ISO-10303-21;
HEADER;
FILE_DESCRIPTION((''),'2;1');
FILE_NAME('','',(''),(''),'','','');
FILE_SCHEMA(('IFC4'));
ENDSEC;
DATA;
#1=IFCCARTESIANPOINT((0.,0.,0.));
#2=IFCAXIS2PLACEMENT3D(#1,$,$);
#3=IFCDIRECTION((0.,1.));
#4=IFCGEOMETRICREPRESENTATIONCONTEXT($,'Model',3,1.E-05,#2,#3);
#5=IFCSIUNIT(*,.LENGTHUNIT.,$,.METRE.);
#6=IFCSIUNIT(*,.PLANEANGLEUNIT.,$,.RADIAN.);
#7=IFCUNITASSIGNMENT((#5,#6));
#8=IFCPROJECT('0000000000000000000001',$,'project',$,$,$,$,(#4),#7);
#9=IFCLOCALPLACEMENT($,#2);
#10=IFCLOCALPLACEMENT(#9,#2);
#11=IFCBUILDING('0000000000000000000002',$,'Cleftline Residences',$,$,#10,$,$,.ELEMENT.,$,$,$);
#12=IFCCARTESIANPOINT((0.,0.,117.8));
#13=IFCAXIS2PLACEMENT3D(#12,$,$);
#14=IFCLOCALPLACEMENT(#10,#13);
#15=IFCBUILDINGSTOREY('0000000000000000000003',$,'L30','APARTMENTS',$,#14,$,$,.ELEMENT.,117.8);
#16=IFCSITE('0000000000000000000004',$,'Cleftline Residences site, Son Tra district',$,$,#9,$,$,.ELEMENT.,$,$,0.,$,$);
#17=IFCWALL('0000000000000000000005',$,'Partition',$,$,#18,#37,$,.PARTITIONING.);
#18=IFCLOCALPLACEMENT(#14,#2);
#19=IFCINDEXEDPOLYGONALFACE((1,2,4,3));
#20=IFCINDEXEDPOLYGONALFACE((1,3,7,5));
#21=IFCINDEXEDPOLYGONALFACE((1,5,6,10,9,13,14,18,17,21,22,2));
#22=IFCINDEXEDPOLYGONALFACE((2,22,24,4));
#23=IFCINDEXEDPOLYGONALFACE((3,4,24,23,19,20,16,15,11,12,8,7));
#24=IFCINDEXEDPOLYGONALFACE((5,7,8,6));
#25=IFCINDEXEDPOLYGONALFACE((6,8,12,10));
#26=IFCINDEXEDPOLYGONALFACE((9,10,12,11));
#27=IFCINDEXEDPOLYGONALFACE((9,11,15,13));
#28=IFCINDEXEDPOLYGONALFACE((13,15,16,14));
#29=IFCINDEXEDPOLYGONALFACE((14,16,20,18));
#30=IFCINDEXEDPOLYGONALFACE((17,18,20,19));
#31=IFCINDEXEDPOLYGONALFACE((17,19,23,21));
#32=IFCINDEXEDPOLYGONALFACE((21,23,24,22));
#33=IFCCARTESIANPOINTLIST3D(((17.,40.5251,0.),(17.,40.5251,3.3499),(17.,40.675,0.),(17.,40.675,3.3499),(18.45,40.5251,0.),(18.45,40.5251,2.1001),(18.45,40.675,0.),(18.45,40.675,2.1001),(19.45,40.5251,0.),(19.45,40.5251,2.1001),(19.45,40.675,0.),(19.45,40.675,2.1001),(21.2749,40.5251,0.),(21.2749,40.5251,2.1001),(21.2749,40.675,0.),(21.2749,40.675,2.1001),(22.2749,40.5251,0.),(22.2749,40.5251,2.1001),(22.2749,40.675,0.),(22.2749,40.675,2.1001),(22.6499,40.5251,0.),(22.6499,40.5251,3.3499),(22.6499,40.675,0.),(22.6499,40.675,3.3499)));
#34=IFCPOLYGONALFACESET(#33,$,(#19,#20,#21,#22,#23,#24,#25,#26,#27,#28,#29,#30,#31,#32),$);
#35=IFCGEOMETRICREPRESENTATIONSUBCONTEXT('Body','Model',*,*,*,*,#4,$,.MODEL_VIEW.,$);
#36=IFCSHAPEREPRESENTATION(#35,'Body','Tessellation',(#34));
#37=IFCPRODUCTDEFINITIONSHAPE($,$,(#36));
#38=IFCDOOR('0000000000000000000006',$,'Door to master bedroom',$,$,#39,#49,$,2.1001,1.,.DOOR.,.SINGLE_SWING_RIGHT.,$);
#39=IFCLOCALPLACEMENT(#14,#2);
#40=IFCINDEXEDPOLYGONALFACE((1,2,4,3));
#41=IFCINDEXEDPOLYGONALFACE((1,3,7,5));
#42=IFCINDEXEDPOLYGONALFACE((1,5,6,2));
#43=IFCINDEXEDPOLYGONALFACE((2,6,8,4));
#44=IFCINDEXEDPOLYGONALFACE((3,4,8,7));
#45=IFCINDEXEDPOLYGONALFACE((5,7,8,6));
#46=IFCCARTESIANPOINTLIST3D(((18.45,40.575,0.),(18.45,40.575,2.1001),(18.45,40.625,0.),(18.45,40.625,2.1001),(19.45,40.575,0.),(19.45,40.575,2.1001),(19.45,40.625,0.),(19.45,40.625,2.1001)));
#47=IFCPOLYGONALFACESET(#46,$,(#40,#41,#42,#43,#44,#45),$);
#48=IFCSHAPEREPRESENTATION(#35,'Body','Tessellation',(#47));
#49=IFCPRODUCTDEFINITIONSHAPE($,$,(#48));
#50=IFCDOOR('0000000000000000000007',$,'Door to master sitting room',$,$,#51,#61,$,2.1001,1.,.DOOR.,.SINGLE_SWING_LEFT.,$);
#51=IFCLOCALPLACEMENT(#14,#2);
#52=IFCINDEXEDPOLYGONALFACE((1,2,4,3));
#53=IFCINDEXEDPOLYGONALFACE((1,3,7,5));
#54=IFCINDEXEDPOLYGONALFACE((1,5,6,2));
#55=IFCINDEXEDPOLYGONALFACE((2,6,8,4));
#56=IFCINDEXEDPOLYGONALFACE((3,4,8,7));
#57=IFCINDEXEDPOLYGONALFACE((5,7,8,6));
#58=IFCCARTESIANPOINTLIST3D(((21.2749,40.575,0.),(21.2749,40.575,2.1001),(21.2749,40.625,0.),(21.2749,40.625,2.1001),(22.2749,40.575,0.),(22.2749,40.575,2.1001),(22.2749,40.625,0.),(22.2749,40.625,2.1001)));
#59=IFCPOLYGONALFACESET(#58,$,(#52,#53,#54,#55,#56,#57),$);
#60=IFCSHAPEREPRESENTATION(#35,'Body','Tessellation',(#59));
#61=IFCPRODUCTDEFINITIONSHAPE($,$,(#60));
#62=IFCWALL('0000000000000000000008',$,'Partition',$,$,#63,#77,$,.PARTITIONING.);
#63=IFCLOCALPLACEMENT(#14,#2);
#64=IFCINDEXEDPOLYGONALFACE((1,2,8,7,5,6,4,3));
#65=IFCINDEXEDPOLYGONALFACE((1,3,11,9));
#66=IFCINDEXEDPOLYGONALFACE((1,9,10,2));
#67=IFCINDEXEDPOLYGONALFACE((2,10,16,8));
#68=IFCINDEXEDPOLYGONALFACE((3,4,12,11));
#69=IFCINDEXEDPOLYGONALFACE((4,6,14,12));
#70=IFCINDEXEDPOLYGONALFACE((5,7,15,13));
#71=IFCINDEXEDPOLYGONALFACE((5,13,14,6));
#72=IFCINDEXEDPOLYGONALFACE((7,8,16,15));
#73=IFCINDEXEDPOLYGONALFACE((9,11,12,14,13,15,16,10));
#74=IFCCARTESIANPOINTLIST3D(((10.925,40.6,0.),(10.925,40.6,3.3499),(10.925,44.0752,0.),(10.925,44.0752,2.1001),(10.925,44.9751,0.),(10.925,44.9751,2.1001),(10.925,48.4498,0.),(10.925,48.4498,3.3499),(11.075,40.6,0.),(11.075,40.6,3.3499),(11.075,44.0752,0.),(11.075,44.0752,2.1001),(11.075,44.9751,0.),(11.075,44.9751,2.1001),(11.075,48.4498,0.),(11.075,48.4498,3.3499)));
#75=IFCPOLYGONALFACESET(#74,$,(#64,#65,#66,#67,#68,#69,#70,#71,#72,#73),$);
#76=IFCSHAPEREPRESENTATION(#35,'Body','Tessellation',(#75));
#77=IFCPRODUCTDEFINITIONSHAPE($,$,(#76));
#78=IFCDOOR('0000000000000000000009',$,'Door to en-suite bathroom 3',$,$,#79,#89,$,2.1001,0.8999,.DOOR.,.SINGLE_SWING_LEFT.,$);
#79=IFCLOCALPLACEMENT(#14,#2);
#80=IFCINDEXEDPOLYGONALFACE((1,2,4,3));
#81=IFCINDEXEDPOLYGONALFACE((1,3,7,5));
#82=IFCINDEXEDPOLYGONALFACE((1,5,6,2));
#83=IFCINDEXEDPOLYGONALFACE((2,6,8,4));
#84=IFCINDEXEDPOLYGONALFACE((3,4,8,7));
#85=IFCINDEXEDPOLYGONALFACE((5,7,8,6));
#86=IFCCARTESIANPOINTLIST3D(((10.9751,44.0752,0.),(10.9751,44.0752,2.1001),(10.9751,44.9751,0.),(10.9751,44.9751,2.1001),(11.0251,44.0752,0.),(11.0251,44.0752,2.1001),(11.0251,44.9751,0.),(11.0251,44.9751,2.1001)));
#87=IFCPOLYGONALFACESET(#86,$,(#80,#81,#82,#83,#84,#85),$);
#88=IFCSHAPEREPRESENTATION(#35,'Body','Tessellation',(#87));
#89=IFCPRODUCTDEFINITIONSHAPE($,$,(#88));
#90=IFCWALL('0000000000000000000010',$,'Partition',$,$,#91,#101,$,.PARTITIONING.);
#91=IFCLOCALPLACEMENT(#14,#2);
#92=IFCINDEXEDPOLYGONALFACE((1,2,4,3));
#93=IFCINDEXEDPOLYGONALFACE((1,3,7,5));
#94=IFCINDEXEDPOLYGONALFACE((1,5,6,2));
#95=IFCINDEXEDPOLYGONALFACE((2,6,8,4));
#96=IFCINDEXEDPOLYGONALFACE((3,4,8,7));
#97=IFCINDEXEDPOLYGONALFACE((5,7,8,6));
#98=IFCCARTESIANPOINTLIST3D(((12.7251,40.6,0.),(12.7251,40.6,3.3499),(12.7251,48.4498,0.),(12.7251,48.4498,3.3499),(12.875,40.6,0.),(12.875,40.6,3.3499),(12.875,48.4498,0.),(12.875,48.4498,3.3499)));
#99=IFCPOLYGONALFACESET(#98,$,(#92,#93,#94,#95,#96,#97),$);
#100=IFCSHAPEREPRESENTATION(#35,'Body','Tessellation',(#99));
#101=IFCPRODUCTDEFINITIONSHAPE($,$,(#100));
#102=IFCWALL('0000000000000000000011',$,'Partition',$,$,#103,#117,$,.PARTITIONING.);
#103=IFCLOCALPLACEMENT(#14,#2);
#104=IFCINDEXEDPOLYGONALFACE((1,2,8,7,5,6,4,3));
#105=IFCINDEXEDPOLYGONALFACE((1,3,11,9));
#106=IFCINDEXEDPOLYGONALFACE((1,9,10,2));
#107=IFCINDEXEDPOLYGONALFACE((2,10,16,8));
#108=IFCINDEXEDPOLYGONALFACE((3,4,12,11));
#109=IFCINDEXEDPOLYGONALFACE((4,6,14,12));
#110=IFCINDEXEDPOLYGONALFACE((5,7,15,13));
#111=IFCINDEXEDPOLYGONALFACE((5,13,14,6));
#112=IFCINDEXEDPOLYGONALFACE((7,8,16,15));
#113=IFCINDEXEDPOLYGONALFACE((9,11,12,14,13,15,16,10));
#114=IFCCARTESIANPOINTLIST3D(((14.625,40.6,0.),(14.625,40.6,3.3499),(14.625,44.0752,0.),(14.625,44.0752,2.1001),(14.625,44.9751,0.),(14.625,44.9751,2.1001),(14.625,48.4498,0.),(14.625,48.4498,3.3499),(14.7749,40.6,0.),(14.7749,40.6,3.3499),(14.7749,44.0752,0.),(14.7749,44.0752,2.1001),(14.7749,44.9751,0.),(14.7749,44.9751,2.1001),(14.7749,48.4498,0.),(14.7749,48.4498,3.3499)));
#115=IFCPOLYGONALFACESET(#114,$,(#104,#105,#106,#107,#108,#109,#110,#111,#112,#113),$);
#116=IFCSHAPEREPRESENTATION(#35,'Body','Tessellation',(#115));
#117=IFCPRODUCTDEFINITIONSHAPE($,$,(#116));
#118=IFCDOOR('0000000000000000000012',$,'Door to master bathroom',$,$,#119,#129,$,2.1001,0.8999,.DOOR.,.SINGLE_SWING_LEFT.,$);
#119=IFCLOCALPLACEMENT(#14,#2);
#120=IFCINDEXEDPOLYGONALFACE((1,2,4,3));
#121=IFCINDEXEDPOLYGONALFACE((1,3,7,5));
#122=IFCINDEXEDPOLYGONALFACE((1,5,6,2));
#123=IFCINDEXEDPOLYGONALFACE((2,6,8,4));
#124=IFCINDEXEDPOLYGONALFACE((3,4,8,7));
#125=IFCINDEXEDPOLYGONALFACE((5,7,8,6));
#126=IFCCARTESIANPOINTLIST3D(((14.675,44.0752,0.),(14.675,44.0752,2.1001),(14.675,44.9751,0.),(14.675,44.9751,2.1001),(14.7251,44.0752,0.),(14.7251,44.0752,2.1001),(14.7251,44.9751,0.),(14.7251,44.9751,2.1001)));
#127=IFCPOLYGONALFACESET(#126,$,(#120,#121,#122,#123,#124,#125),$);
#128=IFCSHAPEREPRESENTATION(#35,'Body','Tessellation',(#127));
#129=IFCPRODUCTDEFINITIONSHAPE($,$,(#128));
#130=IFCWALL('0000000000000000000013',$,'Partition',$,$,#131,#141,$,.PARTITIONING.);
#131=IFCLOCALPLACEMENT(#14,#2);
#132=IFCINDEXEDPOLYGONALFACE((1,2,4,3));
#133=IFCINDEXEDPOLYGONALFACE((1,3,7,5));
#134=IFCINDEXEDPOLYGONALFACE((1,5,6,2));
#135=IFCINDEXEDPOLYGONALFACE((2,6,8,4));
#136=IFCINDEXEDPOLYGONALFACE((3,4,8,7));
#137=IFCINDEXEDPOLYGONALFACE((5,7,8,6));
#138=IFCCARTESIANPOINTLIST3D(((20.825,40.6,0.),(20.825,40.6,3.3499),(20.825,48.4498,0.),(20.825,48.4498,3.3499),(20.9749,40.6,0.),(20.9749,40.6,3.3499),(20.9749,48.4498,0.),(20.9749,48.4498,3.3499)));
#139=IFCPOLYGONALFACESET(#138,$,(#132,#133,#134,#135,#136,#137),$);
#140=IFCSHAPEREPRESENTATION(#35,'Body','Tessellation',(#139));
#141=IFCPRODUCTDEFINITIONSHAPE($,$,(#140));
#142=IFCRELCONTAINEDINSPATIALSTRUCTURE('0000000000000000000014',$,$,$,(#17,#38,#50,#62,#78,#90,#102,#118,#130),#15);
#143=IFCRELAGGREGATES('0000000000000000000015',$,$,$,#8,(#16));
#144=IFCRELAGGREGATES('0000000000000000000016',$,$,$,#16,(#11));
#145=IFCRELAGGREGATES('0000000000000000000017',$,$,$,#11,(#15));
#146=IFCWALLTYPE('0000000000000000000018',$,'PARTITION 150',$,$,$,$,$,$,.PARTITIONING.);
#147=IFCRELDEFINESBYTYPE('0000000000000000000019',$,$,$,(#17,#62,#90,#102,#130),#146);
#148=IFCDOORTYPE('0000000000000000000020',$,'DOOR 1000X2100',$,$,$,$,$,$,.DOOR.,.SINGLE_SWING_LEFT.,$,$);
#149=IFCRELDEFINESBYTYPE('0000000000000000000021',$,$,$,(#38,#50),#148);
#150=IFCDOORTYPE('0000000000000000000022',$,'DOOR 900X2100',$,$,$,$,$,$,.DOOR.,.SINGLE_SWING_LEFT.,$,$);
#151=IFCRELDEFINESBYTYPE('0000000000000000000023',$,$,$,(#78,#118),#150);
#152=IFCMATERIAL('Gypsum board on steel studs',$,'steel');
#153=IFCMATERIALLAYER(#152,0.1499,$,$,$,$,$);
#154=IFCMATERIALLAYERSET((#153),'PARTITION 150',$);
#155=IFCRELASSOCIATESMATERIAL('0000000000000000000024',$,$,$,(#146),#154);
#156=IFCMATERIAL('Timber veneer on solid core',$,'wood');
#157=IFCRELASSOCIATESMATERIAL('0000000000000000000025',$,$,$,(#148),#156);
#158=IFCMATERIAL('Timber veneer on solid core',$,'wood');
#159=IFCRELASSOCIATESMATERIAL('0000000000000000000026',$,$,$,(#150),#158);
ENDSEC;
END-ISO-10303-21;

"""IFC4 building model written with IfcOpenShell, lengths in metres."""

from ifc_helpers import new_model, si_unit, direction, frame, frame_2d, origin, place, context, subcontext, project, spatial, rectangle, extrude, material, layer, layer_set, type_object, element, fill, save


model = new_model("IFC4")

# Units and contexts
model_context = context("Model", 3, precision=1e-05, world=origin(), true_north=direction((0.0, 1.0)))
body_context = subcontext(model_context, "Body", "Model", "MODEL_VIEW")
ifc_project = project(units=[si_unit("LENGTHUNIT", "METRE"), si_unit("PLANEANGLEUNIT", "RADIAN")], contexts=[model_context])

# Site, building, storey
site_placement = place(None, origin())
site = spatial("IfcSite", under=ifc_project, at=site_placement, Name="Cleftline Residences site, Son Tra district", CompositionType="ELEMENT", RefElevation=0.0)
building_placement = place(site_placement, origin())
building = spatial("IfcBuilding", under=site, at=building_placement, Name="Cleftline Residences", CompositionType="ELEMENT")
storey_placement = place(building_placement, frame((0.0, 0.0, 117.8)))
storey = spatial("IfcBuildingStorey", under=building, at=storey_placement, Name="L30", Description="APARTMENTS", CompositionType="ELEMENT", Elevation=117.8)

# Shared definitions
ifc_material_1 = material(Name="Gypsum board on steel studs", Category="steel")
ifc_layer = layer(ifc_material_1, 0.1499)
ifc_layer_set = layer_set([ifc_layer], Name="PARTITION 150")
wall_type = type_object("IfcWallType", Name="PARTITION 150", PredefinedType="PARTITIONING", material=ifc_layer_set)
ifc_material_2 = material(Name="Timber veneer on solid core", Category="wood")
door_type_1 = type_object("IfcDoorType", Name="DOOR 1000X2100", OperationType="SINGLE_SWING_LEFT", PredefinedType="DOOR", material=ifc_material_2)

# Wall, openings, doors
wall_1_placement = place(storey_placement, frame((17.0, 40.6001, 0.0), z_axis=(0.0, 0.0, 1.0), x_axis=(1.0, 0.0, 0.0)))
wall_1 = element("IfcWall", 1, at=wall_1_placement, inside=storey, type_object=wall_type, Name="Partition", PredefinedType="PARTITIONING", context=body_context, shape_type="SweptSolid", body=[
    extrude(rectangle(XDim=5.6499, YDim=0.1499, at=frame_2d((2.825, 0.0))), origin(), (0.0, 0.0, 1.0), 3.3499),
])
opening_1_placement = place(wall_1_placement, frame((1.45, 0.0, 0.0)))
opening_1 = element("IfcOpeningElement", 2, at=opening_1_placement, cuts=wall_1, PredefinedType="OPENING", context=body_context, shape_type="SweptSolid", body=[
    extrude(rectangle(XDim=1.0, YDim=2.1001, at=frame_2d((0.5, 1.05))), frame((0.0, 0.085, 0.0), z_axis=(0.0, -1.0, 0.0), x_axis=(1.0, 0.0, 0.0)), (0.0, 0.0, 1.0), 0.1699),
])
opening_2_placement = place(wall_1_placement, frame((4.2749, 0.0, 0.0)))
opening_2 = element("IfcOpeningElement", 3, at=opening_2_placement, cuts=wall_1, PredefinedType="OPENING", context=body_context, shape_type="SweptSolid", body=[
    extrude(rectangle(XDim=1.0, YDim=2.1001, at=frame_2d((0.5, 1.05))), frame((0.0, 0.085, 0.0), z_axis=(0.0, -1.0, 0.0), x_axis=(1.0, 0.0, 0.0)), (0.0, 0.0, 1.0), 0.1699),
])
door_1_placement = place(opening_1_placement, origin())
door_1 = element("IfcDoor", 4, at=door_1_placement, inside=storey, type_object=door_type_1, Name="Door to master bedroom", OperationType="SINGLE_SWING_RIGHT", OverallHeight=2.1001, OverallWidth=1.0, PredefinedType="DOOR", context=body_context, shape_type="SweptSolid", body=[
    extrude(rectangle(XDim=1.0, YDim=2.1001, at=frame_2d((0.5, 1.05))), frame((0.0, 0.0249, 0.0), z_axis=(0.0, -1.0, 0.0), x_axis=(1.0, 0.0, 0.0)), (0.0, 0.0, 1.0), 0.05),
])
fill(opening_1, door_1)
door_2_placement = place(opening_2_placement, origin())
door_2 = element("IfcDoor", 5, at=door_2_placement, inside=storey, type_object=door_type_1, Name="Door to master sitting room", OperationType="SINGLE_SWING_LEFT", OverallHeight=2.1001, OverallWidth=1.0, PredefinedType="DOOR", context=body_context, shape_type="SweptSolid", body=[
    extrude(rectangle(XDim=1.0, YDim=2.1001, at=frame_2d((0.5, 1.05))), frame((0.0, 0.0249, 0.0), z_axis=(0.0, -1.0, 0.0), x_axis=(1.0, 0.0, 0.0)), (0.0, 0.0, 1.0), 0.05),
])
fill(opening_2, door_2)

# Wall, opening, door
wall_2_placement = place(storey_placement, frame((11.0, 40.6001, 0.0), z_axis=(0.0, 0.0, 1.0), x_axis=(0.0, 1.0, 0.0)))
wall_2 = element("IfcWall", 6, at=wall_2_placement, inside=storey, type_object=wall_type, Name="Partition", PredefinedType="PARTITIONING", context=body_context, shape_type="SweptSolid", body=[
    extrude(rectangle(XDim=7.8499, YDim=0.1499, at=frame_2d((3.9248, 0.0))), origin(), (0.0, 0.0, 1.0), 3.3499),
])
opening_3_placement = place(wall_2_placement, frame((3.4751, 0.0, 0.0)))
opening_3 = element("IfcOpeningElement", 7, at=opening_3_placement, cuts=wall_2, PredefinedType="OPENING", context=body_context, shape_type="SweptSolid", body=[
    extrude(rectangle(XDim=0.8999, YDim=2.1001, at=frame_2d((0.45, 1.05))), frame((0.0, 0.085, 0.0), z_axis=(0.0, -1.0, 0.0), x_axis=(1.0, 0.0, 0.0)), (0.0, 0.0, 1.0), 0.1699),
])
ifc_material_3 = material(Name="Timber veneer on solid core", Category="wood")
door_type_2 = type_object("IfcDoorType", Name="DOOR 900X2100", OperationType="SINGLE_SWING_LEFT", PredefinedType="DOOR", material=ifc_material_3)
door_3_placement = place(opening_3_placement, origin())
door_3 = element("IfcDoor", 8, at=door_3_placement, inside=storey, type_object=door_type_2, Name="Door to en-suite bathroom 3", OperationType="SINGLE_SWING_LEFT", OverallHeight=2.1001, OverallWidth=0.8999, PredefinedType="DOOR", context=body_context, shape_type="SweptSolid", body=[
    extrude(rectangle(XDim=0.8999, YDim=2.1001, at=frame_2d((0.45, 1.05))), frame((0.0, 0.0249, 0.0), z_axis=(0.0, -1.0, 0.0), x_axis=(1.0, 0.0, 0.0)), (0.0, 0.0, 1.0), 0.05),
])
fill(opening_3, door_3)

# Wall
wall_3_placement = place(storey_placement, frame((12.8, 40.6001, 0.0), z_axis=(0.0, 0.0, 1.0), x_axis=(0.0, 1.0, 0.0)))
element("IfcWall", 9, at=wall_3_placement, inside=storey, type_object=wall_type, Name="Partition", PredefinedType="PARTITIONING", context=body_context, shape_type="SweptSolid", body=[
    extrude(rectangle(XDim=7.8499, YDim=0.1499, at=frame_2d((3.9248, 0.0))), origin(), (0.0, 0.0, 1.0), 3.3499),
])

# Wall, opening, door
wall_4_placement = place(storey_placement, frame((14.7, 40.6001, 0.0), z_axis=(0.0, 0.0, 1.0), x_axis=(0.0, 1.0, 0.0)))
wall_4 = element("IfcWall", 10, at=wall_4_placement, inside=storey, type_object=wall_type, Name="Partition", PredefinedType="PARTITIONING", context=body_context, shape_type="SweptSolid", body=[
    extrude(rectangle(XDim=7.8499, YDim=0.1499, at=frame_2d((3.9248, 0.0))), origin(), (0.0, 0.0, 1.0), 3.3499),
])
opening_4_placement = place(wall_4_placement, frame((3.4751, 0.0, 0.0)))
opening_4 = element("IfcOpeningElement", 11, at=opening_4_placement, cuts=wall_4, PredefinedType="OPENING", context=body_context, shape_type="SweptSolid", body=[
    extrude(rectangle(XDim=0.8999, YDim=2.1001, at=frame_2d((0.45, 1.05))), frame((0.0, 0.085, 0.0), z_axis=(0.0, -1.0, 0.0), x_axis=(1.0, 0.0, 0.0)), (0.0, 0.0, 1.0), 0.1699),
])
door_4_placement = place(opening_4_placement, origin())
door_4 = element("IfcDoor", 12, at=door_4_placement, inside=storey, type_object=door_type_2, Name="Door to master bathroom", OperationType="SINGLE_SWING_LEFT", OverallHeight=2.1001, OverallWidth=0.8999, PredefinedType="DOOR", context=body_context, shape_type="SweptSolid", body=[
    extrude(rectangle(XDim=0.8999, YDim=2.1001, at=frame_2d((0.45, 1.05))), frame((0.0, 0.0249, 0.0), z_axis=(0.0, -1.0, 0.0), x_axis=(1.0, 0.0, 0.0)), (0.0, 0.0, 1.0), 0.05),
])
fill(opening_4, door_4)

# Wall
wall_5_placement = place(storey_placement, frame((20.8999, 40.6001, 0.0), z_axis=(0.0, 0.0, 1.0), x_axis=(0.0, 1.0, 0.0)))
element("IfcWall", 13, at=wall_5_placement, inside=storey, type_object=wall_type, Name="Partition", PredefinedType="PARTITIONING", context=body_context, shape_type="SweptSolid", body=[
    extrude(rectangle(XDim=7.8499, YDim=0.1499, at=frame_2d((3.9248, 0.0))), origin(), (0.0, 0.0, 1.0), 3.3499),
])

save(model, "model.ifc")
